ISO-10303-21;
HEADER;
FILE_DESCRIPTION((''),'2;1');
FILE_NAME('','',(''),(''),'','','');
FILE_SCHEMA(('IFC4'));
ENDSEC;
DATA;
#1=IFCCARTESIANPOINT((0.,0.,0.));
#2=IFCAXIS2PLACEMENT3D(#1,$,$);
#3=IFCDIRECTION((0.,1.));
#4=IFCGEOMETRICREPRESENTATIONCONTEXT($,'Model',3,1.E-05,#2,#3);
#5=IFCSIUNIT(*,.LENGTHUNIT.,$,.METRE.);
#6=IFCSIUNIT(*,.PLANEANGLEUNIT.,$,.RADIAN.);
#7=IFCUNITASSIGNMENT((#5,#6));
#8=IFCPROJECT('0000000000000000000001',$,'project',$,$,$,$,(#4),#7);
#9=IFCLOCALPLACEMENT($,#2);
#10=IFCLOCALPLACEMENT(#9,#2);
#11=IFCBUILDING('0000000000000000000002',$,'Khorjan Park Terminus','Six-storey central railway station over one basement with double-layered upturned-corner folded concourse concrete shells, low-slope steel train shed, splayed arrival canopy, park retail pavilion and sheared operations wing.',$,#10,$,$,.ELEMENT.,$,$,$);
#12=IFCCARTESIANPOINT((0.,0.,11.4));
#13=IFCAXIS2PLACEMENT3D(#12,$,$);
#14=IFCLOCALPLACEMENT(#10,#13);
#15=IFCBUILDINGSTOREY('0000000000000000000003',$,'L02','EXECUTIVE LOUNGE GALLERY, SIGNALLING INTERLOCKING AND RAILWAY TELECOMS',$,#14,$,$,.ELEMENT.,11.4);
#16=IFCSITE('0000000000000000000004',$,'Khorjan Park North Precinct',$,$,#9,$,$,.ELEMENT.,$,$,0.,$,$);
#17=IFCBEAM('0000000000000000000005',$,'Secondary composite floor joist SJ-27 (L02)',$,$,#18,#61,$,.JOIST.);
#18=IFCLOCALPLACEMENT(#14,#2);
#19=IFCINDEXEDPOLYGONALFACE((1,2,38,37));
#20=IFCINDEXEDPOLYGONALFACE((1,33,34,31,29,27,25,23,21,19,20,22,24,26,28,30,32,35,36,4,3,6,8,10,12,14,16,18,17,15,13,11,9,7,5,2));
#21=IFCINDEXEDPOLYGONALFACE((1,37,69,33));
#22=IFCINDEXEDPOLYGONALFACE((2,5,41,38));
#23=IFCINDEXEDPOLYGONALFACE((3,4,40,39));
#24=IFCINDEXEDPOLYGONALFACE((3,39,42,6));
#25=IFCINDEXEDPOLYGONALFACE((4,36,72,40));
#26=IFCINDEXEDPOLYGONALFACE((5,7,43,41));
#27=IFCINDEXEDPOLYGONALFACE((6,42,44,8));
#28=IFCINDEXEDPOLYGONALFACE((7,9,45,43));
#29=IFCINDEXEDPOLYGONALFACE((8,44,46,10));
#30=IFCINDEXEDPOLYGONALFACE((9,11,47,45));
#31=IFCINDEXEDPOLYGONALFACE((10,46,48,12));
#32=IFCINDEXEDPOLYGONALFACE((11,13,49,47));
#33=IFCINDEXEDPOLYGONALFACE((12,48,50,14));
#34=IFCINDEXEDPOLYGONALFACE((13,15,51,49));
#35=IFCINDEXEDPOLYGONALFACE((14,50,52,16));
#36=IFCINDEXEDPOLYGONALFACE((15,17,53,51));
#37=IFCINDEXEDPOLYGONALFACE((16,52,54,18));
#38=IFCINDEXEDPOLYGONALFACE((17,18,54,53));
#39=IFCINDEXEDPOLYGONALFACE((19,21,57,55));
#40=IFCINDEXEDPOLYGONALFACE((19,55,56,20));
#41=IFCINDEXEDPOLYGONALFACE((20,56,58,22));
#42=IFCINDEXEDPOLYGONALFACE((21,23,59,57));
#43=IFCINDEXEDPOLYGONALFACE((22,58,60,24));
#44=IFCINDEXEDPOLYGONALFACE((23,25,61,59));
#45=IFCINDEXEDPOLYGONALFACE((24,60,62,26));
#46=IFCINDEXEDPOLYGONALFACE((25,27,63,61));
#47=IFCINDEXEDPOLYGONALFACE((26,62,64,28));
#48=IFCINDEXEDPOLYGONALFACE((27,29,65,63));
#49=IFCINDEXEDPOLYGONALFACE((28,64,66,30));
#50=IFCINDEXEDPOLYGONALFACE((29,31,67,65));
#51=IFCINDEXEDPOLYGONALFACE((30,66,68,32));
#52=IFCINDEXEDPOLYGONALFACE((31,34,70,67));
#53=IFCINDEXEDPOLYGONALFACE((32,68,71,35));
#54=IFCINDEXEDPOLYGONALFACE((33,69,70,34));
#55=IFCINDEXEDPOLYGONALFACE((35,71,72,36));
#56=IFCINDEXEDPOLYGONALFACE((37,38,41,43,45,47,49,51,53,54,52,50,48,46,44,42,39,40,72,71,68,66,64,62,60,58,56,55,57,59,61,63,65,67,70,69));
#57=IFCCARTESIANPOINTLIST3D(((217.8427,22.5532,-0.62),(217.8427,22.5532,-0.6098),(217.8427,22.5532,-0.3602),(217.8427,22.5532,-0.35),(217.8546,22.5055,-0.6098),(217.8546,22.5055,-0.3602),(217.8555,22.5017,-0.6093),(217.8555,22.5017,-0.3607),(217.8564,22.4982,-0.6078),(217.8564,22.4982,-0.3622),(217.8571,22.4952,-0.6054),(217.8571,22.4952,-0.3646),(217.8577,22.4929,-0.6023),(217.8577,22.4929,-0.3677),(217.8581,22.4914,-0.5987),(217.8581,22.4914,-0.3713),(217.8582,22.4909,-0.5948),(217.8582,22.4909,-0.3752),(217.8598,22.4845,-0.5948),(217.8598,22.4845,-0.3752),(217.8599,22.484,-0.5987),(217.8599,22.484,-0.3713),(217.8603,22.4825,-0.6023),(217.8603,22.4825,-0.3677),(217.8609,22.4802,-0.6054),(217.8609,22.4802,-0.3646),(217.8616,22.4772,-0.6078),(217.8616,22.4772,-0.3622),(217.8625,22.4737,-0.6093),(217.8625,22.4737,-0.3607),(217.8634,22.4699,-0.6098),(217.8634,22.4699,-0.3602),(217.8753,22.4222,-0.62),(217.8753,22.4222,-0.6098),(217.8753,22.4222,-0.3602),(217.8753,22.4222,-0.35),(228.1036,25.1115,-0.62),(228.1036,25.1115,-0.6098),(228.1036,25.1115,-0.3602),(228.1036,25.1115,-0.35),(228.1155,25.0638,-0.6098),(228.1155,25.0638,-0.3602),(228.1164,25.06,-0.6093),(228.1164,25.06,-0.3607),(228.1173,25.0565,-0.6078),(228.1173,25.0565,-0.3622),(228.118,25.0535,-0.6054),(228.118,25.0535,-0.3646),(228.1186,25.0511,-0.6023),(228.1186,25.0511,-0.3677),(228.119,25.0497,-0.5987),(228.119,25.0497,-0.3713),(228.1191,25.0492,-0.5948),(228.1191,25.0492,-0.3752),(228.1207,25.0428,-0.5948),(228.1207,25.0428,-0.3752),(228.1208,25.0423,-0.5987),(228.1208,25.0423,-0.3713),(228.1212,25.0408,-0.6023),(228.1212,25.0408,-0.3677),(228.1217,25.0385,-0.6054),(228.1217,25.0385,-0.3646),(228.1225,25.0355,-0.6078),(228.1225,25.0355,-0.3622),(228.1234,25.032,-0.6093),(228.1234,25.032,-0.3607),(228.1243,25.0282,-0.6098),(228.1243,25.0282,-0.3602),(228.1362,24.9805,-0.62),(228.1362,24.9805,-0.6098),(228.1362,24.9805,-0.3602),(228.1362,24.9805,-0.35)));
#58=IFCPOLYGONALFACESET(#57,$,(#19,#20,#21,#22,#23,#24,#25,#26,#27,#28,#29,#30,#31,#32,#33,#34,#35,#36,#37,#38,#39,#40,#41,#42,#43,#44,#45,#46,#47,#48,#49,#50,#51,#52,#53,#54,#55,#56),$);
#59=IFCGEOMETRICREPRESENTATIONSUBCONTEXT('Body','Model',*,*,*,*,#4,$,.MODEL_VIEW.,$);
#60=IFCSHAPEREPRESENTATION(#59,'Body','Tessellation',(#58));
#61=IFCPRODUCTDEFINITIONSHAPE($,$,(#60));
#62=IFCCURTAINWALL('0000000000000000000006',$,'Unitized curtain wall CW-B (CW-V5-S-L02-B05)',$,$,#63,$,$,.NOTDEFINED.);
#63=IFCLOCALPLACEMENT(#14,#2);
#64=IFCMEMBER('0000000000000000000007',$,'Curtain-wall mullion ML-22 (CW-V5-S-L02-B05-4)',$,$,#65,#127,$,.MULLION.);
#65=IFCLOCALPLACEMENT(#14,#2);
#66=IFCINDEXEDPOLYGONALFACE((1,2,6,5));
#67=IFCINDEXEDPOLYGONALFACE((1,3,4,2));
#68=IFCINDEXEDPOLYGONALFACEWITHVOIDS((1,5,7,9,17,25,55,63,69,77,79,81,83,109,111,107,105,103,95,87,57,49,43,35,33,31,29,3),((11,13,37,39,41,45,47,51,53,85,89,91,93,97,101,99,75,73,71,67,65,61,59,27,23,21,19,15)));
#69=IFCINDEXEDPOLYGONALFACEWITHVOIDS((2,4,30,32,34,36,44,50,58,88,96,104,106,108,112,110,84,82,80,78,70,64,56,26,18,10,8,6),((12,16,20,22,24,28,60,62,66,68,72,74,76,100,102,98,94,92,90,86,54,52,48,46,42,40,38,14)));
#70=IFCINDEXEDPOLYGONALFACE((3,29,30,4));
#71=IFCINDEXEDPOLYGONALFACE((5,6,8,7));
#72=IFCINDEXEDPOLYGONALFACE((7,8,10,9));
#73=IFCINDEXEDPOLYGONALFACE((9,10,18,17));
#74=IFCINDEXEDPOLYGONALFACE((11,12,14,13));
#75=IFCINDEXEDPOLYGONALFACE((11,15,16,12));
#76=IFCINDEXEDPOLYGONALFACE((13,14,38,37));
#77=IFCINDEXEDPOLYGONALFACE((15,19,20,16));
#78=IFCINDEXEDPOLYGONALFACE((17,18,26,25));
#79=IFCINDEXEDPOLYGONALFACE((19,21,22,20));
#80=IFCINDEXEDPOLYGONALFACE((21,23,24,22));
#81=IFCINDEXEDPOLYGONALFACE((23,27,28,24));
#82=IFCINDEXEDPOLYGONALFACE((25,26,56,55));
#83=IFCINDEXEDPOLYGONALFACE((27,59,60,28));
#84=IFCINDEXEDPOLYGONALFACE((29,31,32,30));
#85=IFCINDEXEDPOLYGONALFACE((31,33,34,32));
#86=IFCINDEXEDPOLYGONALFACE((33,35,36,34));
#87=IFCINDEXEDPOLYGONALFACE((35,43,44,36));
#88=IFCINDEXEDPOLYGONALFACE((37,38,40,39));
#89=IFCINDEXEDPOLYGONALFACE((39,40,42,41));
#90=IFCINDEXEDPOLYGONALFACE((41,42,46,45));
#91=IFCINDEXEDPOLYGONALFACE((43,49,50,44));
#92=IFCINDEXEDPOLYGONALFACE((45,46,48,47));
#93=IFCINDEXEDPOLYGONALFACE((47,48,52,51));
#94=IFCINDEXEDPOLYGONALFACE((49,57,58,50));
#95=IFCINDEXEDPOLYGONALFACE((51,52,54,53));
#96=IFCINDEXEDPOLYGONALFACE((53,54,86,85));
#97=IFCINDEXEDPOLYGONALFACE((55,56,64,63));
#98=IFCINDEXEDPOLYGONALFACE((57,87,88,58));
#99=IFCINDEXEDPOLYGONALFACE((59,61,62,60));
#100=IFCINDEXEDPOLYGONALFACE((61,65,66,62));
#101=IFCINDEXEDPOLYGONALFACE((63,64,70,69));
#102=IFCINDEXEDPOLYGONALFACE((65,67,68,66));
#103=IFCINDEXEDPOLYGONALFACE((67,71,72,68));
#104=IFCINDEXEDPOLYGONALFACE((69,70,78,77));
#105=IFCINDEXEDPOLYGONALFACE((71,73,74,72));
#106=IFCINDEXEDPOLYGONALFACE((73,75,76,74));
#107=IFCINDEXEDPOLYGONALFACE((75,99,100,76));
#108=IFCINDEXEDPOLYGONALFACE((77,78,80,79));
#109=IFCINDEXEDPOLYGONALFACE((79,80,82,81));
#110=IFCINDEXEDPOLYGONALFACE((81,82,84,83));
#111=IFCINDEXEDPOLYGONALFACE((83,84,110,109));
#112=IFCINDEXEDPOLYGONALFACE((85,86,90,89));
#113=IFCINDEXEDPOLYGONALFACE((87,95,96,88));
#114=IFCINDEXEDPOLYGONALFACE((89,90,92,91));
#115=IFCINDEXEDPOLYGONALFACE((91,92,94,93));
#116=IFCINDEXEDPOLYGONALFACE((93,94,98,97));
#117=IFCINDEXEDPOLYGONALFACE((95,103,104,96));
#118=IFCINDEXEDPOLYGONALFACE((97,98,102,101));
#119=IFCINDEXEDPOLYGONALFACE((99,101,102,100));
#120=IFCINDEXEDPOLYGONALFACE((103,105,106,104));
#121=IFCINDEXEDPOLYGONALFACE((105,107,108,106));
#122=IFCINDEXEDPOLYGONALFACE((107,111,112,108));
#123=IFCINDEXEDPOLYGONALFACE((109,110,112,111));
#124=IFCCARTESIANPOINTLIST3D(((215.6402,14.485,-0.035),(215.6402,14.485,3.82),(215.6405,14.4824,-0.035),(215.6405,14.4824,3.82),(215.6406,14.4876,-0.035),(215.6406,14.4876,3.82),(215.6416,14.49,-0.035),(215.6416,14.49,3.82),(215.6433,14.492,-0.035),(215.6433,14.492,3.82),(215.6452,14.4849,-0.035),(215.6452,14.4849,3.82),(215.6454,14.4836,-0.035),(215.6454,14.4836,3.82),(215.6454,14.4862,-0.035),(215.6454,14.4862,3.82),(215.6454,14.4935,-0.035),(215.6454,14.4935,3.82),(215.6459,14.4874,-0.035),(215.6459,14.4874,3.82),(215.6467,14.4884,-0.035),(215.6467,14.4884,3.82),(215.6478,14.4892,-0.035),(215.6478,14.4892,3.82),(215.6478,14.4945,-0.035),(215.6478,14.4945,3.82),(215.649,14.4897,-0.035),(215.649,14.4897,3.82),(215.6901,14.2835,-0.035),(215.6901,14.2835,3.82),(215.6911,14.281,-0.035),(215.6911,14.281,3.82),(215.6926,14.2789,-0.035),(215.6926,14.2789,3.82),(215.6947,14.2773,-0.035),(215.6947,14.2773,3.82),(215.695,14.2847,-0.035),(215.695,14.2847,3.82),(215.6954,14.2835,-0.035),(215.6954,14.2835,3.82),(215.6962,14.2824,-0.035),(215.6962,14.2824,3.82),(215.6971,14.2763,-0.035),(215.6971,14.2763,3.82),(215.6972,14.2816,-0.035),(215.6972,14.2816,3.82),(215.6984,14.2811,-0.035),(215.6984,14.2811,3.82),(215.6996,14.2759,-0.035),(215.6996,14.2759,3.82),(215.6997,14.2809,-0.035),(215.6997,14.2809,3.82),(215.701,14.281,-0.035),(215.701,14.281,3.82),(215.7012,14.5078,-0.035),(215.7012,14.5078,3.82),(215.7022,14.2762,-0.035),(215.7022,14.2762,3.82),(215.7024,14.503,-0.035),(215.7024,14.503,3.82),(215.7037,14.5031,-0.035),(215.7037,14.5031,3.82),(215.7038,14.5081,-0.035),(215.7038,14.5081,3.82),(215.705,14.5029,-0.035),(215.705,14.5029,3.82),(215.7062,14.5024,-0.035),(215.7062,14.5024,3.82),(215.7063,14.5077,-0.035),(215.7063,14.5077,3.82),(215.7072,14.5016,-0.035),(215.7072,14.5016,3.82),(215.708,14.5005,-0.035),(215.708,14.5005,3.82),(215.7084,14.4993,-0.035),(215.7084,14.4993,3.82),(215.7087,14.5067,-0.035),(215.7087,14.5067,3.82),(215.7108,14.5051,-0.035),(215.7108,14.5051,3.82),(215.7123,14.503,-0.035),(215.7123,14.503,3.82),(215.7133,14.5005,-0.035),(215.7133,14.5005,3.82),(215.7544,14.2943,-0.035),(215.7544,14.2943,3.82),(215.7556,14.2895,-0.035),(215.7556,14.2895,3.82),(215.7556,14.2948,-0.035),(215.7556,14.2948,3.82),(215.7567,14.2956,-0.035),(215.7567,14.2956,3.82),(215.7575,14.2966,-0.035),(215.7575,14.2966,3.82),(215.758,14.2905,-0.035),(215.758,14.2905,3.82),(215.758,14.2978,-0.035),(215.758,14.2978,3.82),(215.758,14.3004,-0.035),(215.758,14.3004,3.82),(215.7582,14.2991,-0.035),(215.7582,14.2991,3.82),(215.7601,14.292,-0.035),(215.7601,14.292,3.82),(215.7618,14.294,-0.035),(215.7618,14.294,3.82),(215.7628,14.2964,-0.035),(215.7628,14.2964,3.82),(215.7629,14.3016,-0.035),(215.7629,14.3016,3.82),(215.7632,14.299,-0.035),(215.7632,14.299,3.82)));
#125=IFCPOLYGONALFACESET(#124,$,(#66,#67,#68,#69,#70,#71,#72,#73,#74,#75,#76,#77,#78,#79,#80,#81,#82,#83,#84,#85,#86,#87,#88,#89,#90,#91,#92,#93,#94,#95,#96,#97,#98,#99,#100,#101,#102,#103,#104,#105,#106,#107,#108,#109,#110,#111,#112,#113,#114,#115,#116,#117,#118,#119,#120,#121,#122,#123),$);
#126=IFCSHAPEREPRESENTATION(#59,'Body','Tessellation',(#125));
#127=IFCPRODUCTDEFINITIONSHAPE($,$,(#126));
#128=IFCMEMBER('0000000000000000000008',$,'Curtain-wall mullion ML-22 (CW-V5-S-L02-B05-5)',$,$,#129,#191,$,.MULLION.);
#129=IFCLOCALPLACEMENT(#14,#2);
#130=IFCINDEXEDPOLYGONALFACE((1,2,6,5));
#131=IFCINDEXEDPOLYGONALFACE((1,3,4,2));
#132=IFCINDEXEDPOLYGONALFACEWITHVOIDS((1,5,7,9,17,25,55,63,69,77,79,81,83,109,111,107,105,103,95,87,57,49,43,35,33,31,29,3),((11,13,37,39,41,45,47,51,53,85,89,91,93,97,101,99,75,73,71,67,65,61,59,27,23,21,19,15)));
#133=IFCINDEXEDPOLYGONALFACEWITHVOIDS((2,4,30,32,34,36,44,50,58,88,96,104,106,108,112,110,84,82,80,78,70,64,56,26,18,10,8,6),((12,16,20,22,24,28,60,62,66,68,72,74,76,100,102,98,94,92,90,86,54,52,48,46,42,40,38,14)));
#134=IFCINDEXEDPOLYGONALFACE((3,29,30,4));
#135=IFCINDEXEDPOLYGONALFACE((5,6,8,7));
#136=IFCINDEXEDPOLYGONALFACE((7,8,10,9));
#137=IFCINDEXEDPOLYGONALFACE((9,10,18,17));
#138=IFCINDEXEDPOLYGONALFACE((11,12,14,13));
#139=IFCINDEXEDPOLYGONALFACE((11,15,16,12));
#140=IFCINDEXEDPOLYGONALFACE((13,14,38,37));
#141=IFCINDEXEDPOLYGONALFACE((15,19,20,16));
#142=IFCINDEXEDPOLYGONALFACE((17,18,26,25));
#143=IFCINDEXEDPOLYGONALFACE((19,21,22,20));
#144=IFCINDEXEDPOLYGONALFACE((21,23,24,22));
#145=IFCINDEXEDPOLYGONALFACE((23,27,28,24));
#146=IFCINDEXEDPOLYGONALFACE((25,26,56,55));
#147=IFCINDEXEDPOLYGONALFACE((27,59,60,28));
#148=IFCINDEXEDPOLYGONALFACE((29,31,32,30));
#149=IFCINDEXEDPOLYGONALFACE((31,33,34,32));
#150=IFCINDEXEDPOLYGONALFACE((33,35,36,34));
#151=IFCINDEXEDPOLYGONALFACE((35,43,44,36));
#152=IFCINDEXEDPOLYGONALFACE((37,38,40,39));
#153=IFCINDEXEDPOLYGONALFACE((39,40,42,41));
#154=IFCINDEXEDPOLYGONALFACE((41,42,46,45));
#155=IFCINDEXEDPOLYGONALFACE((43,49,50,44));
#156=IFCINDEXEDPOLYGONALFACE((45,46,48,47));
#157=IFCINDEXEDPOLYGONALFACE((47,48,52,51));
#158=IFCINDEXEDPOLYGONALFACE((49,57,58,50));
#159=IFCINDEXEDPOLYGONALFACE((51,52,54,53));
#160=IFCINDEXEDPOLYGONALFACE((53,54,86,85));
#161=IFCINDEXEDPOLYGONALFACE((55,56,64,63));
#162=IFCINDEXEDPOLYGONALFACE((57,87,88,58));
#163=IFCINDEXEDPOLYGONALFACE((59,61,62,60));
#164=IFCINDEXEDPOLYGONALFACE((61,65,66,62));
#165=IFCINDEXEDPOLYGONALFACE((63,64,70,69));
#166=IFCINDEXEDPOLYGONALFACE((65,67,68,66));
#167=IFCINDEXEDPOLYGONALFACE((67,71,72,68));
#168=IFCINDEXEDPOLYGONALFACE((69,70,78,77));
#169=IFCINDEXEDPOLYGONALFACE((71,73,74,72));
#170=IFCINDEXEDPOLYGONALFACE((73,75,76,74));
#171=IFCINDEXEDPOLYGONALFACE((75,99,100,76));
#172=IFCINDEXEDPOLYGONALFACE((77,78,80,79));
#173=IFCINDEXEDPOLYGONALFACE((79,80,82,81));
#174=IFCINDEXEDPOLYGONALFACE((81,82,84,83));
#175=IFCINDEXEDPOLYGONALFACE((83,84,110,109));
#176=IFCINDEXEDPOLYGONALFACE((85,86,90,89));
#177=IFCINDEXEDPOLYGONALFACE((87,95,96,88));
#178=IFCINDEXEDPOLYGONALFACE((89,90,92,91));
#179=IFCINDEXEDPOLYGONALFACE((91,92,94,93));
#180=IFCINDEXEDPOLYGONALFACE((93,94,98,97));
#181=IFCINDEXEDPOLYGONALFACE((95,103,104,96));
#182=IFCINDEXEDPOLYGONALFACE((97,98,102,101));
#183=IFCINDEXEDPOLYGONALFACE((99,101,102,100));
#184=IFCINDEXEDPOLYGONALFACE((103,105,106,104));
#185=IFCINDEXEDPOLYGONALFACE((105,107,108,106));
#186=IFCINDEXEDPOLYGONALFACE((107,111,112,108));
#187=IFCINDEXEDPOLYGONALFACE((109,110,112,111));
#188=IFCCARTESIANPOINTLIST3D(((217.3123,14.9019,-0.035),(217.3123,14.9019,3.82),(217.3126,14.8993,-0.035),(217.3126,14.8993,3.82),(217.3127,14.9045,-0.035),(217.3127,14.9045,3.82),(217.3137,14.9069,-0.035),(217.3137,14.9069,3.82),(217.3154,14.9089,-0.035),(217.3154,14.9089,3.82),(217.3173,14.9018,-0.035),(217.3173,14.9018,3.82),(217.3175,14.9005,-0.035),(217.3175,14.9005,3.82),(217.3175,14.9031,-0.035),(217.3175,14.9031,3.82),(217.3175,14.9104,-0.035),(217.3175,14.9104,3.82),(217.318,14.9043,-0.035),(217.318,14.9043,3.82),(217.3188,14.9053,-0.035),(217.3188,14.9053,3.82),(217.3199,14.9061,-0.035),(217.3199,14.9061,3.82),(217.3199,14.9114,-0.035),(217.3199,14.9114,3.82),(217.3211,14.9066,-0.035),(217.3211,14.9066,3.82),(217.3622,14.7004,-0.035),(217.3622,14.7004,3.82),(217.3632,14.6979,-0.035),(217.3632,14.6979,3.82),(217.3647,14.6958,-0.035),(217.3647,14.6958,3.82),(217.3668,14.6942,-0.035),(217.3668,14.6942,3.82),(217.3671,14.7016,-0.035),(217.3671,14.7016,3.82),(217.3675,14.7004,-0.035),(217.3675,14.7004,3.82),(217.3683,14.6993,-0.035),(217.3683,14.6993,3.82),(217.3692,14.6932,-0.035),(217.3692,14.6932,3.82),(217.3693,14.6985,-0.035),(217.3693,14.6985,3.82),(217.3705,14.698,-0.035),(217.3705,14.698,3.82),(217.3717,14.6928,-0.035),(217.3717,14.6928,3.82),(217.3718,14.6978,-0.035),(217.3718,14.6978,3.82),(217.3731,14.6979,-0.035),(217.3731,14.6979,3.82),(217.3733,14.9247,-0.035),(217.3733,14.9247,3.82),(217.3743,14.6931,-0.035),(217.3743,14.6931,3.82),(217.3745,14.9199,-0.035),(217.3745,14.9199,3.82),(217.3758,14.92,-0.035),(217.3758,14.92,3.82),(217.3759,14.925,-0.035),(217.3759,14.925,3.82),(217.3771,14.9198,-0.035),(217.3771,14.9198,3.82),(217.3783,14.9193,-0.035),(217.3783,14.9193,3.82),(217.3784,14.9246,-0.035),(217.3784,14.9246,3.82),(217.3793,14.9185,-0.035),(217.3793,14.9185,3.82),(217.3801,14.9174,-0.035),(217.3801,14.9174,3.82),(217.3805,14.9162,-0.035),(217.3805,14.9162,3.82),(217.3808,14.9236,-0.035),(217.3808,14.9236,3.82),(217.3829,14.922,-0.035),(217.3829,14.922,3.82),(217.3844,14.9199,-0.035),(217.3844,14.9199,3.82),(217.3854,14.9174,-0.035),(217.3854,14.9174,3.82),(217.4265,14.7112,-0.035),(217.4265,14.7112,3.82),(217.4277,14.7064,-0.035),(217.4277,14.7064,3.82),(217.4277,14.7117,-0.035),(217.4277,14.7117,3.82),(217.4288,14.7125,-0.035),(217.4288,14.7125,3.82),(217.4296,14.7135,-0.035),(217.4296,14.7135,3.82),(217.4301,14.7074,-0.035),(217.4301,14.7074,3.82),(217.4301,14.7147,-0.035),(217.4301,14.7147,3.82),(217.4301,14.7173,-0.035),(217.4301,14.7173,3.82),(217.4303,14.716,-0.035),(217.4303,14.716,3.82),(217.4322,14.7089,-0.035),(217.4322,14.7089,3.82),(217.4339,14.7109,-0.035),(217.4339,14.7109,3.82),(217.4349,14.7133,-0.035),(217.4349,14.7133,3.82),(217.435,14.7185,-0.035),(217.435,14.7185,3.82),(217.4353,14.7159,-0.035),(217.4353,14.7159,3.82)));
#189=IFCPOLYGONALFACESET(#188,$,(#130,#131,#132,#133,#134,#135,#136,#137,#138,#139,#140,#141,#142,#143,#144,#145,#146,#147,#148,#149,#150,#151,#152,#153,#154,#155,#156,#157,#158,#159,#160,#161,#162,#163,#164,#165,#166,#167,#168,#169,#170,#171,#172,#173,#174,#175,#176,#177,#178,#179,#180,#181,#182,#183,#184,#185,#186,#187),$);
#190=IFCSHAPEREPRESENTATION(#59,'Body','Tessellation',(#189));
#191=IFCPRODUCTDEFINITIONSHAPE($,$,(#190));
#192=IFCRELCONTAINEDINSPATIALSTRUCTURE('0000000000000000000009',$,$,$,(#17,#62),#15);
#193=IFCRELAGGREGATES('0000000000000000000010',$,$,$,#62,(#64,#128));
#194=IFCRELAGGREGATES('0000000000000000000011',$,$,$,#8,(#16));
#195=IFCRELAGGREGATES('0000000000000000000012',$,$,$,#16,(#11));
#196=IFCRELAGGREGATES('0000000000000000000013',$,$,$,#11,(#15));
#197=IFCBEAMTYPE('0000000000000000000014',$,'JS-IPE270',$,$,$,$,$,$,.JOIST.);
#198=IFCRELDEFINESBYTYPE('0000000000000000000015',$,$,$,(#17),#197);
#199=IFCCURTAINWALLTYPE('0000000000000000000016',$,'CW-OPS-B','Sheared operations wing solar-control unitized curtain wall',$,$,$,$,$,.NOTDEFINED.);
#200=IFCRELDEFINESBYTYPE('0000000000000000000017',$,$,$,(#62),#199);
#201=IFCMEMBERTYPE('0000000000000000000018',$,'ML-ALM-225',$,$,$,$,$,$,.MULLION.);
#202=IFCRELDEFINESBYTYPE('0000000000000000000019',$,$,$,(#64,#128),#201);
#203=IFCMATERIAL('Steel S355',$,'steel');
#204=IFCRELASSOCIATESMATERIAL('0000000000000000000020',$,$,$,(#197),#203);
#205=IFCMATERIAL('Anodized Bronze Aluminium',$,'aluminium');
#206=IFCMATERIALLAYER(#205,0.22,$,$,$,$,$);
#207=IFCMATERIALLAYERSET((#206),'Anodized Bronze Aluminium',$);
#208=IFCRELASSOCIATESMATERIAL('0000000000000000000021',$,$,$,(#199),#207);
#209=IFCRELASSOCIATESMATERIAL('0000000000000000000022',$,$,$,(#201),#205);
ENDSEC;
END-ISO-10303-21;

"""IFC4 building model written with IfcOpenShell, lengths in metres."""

from ifc_helpers import new_model, si_unit, direction, frame, origin, origin_2d, place, context, subcontext, project, spatial, hollow_rectangle, i_section, extrude, material, layer, layer_set, material_profile, profile_set, type_object, element, aggregate, save


model = new_model("IFC4")

# Units and contexts
model_context = context("Model", 3, precision=1e-05, world=origin(), true_north=direction((0.0, 1.0)))
body_context = subcontext(model_context, "Body", "Model", "MODEL_VIEW")
ifc_project = project(units=[si_unit("LENGTHUNIT", "METRE"), si_unit("PLANEANGLEUNIT", "RADIAN")], contexts=[model_context])

# Site, building, storey
site_placement = place(None, origin())
site = spatial("IfcSite", under=ifc_project, at=site_placement, Name="Khorjan Park North Precinct", CompositionType="ELEMENT", RefElevation=0.0)
building_placement = place(site_placement, origin())
building = spatial("IfcBuilding", under=site, at=building_placement, Name="Khorjan Park Terminus", Description="Six-storey central railway station over one basement with double-layered upturned-corner folded concourse concrete shells, low-slope steel train shed, splayed arrival canopy, park retail pavilion and sheared operations wing.", CompositionType="ELEMENT")
storey_placement = place(building_placement, frame((0.0, 0.0, 11.4)))
storey = spatial("IfcBuildingStorey", under=building, at=storey_placement, Name="L02", Description="EXECUTIVE LOUNGE GALLERY, SIGNALLING INTERLOCKING AND RAILWAY TELECOMS", CompositionType="ELEMENT", Elevation=11.4)

# Beam
ifc_material_1 = material(Name="Steel S355", Category="steel")
ifc_material_profile_1 = material_profile(ifc_material_1, i_section(OverallWidth=0.135, OverallDepth=0.27, WebThickness=0.0066, FlangeThickness=0.0102, FilletRadius=0.015, at=origin_2d()), Name="IPE 270")
ifc_profile_set_1 = profile_set([ifc_material_profile_1], Name="Steel S355")
beam_type = type_object("IfcBeamType", Name="JS-IPE270", PredefinedType="JOIST", material=ifc_profile_set_1)
beam_placement = place(storey_placement, frame((217.859, 22.4877, -0.485), z_axis=(0.970296, 0.241919, 0.0), x_axis=(-0.241919, 0.970296, 0.0)))
element("IfcBeam", 1, at=beam_placement, inside=storey, type_object=beam_type, Name="Secondary composite floor joist SJ-27 (L02)", PredefinedType="JOIST", context=body_context, shape_type="SweptSolid", body=[
    extrude(i_section(OverallWidth=0.135, OverallDepth=0.27, WebThickness=0.0066, FlangeThickness=0.0102, FilletRadius=0.015, at=origin_2d()), origin(), (0.0, 0.0, 1.0), 10.575),
])

# Curtain wall, members
ifc_material_2 = material(Name="Anodized Bronze Aluminium", Category="aluminium")
ifc_layer_1 = layer(ifc_material_2, 0.22)
ifc_layer_set_1 = layer_set([ifc_layer_1], Name="Anodized Bronze Aluminium")
curtain_wall_type = type_object("IfcCurtainWallType", Name="CW-OPS-B", Description="Sheared operations wing solar-control unitized curtain wall", PredefinedType="NOTDEFINED", material=ifc_layer_set_1)
curtain_wall_placement = place(storey_placement, origin())
curtain_wall = element("IfcCurtainWall", 2, at=curtain_wall_placement, inside=storey, type_object=curtain_wall_type, Name="Unitized curtain wall CW-B (CW-V5-S-L02-B05)", PredefinedType="NOTDEFINED")
ifc_material_profile_2 = material_profile(ifc_material_2, hollow_rectangle(XDim=0.075, YDim=0.225, WallThickness=0.005, InnerFilletRadius=0.005, OuterFilletRadius=0.01, at=origin_2d()), Name="ALM 75x225x5")
ifc_profile_set_2 = profile_set([ifc_material_profile_2], Name="Anodized Bronze Aluminium")
member_type_1 = type_object("IfcMemberType", Name="ML-ALM-225", PredefinedType="MULLION", material=ifc_profile_set_2)
member_1_placement = place(storey_placement, frame((215.7017, 14.392, -0.035), z_axis=(0.0, 0.0, 1.0), x_axis=(0.970298, 0.241912, 0.0)))
member_1 = element("IfcMember", 3, at=member_1_placement, type_object=member_type_1, Name="Curtain-wall mullion ML-22 (CW-V5-S-L02-B05-4)", PredefinedType="MULLION", context=body_context, shape_type="SweptSolid", body=[
    extrude(hollow_rectangle(XDim=0.075, YDim=0.225, WallThickness=0.005, InnerFilletRadius=0.005, OuterFilletRadius=0.01, at=origin_2d()), origin(), (0.0, 0.0, 1.0), 3.855),
])
member_2_placement = place(storey_placement, frame((217.3738, 14.8089, -0.035), z_axis=(0.0, 0.0, 1.0), x_axis=(0.970298, 0.241912, 0.0)))
member_2 = element("IfcMember", 4, at=member_2_placement, type_object=member_type_1, Name="Curtain-wall mullion ML-22 (CW-V5-S-L02-B05-5)", PredefinedType="MULLION", context=body_context, shape_type="SweptSolid", body=[
    extrude(hollow_rectangle(XDim=0.075, YDim=0.225, WallThickness=0.005, InnerFilletRadius=0.005, OuterFilletRadius=0.01, at=origin_2d()), origin(), (0.0, 0.0, 1.0), 3.855),
])
aggregate(curtain_wall, [member_1, member_2])

save(model, "model.ifc")
